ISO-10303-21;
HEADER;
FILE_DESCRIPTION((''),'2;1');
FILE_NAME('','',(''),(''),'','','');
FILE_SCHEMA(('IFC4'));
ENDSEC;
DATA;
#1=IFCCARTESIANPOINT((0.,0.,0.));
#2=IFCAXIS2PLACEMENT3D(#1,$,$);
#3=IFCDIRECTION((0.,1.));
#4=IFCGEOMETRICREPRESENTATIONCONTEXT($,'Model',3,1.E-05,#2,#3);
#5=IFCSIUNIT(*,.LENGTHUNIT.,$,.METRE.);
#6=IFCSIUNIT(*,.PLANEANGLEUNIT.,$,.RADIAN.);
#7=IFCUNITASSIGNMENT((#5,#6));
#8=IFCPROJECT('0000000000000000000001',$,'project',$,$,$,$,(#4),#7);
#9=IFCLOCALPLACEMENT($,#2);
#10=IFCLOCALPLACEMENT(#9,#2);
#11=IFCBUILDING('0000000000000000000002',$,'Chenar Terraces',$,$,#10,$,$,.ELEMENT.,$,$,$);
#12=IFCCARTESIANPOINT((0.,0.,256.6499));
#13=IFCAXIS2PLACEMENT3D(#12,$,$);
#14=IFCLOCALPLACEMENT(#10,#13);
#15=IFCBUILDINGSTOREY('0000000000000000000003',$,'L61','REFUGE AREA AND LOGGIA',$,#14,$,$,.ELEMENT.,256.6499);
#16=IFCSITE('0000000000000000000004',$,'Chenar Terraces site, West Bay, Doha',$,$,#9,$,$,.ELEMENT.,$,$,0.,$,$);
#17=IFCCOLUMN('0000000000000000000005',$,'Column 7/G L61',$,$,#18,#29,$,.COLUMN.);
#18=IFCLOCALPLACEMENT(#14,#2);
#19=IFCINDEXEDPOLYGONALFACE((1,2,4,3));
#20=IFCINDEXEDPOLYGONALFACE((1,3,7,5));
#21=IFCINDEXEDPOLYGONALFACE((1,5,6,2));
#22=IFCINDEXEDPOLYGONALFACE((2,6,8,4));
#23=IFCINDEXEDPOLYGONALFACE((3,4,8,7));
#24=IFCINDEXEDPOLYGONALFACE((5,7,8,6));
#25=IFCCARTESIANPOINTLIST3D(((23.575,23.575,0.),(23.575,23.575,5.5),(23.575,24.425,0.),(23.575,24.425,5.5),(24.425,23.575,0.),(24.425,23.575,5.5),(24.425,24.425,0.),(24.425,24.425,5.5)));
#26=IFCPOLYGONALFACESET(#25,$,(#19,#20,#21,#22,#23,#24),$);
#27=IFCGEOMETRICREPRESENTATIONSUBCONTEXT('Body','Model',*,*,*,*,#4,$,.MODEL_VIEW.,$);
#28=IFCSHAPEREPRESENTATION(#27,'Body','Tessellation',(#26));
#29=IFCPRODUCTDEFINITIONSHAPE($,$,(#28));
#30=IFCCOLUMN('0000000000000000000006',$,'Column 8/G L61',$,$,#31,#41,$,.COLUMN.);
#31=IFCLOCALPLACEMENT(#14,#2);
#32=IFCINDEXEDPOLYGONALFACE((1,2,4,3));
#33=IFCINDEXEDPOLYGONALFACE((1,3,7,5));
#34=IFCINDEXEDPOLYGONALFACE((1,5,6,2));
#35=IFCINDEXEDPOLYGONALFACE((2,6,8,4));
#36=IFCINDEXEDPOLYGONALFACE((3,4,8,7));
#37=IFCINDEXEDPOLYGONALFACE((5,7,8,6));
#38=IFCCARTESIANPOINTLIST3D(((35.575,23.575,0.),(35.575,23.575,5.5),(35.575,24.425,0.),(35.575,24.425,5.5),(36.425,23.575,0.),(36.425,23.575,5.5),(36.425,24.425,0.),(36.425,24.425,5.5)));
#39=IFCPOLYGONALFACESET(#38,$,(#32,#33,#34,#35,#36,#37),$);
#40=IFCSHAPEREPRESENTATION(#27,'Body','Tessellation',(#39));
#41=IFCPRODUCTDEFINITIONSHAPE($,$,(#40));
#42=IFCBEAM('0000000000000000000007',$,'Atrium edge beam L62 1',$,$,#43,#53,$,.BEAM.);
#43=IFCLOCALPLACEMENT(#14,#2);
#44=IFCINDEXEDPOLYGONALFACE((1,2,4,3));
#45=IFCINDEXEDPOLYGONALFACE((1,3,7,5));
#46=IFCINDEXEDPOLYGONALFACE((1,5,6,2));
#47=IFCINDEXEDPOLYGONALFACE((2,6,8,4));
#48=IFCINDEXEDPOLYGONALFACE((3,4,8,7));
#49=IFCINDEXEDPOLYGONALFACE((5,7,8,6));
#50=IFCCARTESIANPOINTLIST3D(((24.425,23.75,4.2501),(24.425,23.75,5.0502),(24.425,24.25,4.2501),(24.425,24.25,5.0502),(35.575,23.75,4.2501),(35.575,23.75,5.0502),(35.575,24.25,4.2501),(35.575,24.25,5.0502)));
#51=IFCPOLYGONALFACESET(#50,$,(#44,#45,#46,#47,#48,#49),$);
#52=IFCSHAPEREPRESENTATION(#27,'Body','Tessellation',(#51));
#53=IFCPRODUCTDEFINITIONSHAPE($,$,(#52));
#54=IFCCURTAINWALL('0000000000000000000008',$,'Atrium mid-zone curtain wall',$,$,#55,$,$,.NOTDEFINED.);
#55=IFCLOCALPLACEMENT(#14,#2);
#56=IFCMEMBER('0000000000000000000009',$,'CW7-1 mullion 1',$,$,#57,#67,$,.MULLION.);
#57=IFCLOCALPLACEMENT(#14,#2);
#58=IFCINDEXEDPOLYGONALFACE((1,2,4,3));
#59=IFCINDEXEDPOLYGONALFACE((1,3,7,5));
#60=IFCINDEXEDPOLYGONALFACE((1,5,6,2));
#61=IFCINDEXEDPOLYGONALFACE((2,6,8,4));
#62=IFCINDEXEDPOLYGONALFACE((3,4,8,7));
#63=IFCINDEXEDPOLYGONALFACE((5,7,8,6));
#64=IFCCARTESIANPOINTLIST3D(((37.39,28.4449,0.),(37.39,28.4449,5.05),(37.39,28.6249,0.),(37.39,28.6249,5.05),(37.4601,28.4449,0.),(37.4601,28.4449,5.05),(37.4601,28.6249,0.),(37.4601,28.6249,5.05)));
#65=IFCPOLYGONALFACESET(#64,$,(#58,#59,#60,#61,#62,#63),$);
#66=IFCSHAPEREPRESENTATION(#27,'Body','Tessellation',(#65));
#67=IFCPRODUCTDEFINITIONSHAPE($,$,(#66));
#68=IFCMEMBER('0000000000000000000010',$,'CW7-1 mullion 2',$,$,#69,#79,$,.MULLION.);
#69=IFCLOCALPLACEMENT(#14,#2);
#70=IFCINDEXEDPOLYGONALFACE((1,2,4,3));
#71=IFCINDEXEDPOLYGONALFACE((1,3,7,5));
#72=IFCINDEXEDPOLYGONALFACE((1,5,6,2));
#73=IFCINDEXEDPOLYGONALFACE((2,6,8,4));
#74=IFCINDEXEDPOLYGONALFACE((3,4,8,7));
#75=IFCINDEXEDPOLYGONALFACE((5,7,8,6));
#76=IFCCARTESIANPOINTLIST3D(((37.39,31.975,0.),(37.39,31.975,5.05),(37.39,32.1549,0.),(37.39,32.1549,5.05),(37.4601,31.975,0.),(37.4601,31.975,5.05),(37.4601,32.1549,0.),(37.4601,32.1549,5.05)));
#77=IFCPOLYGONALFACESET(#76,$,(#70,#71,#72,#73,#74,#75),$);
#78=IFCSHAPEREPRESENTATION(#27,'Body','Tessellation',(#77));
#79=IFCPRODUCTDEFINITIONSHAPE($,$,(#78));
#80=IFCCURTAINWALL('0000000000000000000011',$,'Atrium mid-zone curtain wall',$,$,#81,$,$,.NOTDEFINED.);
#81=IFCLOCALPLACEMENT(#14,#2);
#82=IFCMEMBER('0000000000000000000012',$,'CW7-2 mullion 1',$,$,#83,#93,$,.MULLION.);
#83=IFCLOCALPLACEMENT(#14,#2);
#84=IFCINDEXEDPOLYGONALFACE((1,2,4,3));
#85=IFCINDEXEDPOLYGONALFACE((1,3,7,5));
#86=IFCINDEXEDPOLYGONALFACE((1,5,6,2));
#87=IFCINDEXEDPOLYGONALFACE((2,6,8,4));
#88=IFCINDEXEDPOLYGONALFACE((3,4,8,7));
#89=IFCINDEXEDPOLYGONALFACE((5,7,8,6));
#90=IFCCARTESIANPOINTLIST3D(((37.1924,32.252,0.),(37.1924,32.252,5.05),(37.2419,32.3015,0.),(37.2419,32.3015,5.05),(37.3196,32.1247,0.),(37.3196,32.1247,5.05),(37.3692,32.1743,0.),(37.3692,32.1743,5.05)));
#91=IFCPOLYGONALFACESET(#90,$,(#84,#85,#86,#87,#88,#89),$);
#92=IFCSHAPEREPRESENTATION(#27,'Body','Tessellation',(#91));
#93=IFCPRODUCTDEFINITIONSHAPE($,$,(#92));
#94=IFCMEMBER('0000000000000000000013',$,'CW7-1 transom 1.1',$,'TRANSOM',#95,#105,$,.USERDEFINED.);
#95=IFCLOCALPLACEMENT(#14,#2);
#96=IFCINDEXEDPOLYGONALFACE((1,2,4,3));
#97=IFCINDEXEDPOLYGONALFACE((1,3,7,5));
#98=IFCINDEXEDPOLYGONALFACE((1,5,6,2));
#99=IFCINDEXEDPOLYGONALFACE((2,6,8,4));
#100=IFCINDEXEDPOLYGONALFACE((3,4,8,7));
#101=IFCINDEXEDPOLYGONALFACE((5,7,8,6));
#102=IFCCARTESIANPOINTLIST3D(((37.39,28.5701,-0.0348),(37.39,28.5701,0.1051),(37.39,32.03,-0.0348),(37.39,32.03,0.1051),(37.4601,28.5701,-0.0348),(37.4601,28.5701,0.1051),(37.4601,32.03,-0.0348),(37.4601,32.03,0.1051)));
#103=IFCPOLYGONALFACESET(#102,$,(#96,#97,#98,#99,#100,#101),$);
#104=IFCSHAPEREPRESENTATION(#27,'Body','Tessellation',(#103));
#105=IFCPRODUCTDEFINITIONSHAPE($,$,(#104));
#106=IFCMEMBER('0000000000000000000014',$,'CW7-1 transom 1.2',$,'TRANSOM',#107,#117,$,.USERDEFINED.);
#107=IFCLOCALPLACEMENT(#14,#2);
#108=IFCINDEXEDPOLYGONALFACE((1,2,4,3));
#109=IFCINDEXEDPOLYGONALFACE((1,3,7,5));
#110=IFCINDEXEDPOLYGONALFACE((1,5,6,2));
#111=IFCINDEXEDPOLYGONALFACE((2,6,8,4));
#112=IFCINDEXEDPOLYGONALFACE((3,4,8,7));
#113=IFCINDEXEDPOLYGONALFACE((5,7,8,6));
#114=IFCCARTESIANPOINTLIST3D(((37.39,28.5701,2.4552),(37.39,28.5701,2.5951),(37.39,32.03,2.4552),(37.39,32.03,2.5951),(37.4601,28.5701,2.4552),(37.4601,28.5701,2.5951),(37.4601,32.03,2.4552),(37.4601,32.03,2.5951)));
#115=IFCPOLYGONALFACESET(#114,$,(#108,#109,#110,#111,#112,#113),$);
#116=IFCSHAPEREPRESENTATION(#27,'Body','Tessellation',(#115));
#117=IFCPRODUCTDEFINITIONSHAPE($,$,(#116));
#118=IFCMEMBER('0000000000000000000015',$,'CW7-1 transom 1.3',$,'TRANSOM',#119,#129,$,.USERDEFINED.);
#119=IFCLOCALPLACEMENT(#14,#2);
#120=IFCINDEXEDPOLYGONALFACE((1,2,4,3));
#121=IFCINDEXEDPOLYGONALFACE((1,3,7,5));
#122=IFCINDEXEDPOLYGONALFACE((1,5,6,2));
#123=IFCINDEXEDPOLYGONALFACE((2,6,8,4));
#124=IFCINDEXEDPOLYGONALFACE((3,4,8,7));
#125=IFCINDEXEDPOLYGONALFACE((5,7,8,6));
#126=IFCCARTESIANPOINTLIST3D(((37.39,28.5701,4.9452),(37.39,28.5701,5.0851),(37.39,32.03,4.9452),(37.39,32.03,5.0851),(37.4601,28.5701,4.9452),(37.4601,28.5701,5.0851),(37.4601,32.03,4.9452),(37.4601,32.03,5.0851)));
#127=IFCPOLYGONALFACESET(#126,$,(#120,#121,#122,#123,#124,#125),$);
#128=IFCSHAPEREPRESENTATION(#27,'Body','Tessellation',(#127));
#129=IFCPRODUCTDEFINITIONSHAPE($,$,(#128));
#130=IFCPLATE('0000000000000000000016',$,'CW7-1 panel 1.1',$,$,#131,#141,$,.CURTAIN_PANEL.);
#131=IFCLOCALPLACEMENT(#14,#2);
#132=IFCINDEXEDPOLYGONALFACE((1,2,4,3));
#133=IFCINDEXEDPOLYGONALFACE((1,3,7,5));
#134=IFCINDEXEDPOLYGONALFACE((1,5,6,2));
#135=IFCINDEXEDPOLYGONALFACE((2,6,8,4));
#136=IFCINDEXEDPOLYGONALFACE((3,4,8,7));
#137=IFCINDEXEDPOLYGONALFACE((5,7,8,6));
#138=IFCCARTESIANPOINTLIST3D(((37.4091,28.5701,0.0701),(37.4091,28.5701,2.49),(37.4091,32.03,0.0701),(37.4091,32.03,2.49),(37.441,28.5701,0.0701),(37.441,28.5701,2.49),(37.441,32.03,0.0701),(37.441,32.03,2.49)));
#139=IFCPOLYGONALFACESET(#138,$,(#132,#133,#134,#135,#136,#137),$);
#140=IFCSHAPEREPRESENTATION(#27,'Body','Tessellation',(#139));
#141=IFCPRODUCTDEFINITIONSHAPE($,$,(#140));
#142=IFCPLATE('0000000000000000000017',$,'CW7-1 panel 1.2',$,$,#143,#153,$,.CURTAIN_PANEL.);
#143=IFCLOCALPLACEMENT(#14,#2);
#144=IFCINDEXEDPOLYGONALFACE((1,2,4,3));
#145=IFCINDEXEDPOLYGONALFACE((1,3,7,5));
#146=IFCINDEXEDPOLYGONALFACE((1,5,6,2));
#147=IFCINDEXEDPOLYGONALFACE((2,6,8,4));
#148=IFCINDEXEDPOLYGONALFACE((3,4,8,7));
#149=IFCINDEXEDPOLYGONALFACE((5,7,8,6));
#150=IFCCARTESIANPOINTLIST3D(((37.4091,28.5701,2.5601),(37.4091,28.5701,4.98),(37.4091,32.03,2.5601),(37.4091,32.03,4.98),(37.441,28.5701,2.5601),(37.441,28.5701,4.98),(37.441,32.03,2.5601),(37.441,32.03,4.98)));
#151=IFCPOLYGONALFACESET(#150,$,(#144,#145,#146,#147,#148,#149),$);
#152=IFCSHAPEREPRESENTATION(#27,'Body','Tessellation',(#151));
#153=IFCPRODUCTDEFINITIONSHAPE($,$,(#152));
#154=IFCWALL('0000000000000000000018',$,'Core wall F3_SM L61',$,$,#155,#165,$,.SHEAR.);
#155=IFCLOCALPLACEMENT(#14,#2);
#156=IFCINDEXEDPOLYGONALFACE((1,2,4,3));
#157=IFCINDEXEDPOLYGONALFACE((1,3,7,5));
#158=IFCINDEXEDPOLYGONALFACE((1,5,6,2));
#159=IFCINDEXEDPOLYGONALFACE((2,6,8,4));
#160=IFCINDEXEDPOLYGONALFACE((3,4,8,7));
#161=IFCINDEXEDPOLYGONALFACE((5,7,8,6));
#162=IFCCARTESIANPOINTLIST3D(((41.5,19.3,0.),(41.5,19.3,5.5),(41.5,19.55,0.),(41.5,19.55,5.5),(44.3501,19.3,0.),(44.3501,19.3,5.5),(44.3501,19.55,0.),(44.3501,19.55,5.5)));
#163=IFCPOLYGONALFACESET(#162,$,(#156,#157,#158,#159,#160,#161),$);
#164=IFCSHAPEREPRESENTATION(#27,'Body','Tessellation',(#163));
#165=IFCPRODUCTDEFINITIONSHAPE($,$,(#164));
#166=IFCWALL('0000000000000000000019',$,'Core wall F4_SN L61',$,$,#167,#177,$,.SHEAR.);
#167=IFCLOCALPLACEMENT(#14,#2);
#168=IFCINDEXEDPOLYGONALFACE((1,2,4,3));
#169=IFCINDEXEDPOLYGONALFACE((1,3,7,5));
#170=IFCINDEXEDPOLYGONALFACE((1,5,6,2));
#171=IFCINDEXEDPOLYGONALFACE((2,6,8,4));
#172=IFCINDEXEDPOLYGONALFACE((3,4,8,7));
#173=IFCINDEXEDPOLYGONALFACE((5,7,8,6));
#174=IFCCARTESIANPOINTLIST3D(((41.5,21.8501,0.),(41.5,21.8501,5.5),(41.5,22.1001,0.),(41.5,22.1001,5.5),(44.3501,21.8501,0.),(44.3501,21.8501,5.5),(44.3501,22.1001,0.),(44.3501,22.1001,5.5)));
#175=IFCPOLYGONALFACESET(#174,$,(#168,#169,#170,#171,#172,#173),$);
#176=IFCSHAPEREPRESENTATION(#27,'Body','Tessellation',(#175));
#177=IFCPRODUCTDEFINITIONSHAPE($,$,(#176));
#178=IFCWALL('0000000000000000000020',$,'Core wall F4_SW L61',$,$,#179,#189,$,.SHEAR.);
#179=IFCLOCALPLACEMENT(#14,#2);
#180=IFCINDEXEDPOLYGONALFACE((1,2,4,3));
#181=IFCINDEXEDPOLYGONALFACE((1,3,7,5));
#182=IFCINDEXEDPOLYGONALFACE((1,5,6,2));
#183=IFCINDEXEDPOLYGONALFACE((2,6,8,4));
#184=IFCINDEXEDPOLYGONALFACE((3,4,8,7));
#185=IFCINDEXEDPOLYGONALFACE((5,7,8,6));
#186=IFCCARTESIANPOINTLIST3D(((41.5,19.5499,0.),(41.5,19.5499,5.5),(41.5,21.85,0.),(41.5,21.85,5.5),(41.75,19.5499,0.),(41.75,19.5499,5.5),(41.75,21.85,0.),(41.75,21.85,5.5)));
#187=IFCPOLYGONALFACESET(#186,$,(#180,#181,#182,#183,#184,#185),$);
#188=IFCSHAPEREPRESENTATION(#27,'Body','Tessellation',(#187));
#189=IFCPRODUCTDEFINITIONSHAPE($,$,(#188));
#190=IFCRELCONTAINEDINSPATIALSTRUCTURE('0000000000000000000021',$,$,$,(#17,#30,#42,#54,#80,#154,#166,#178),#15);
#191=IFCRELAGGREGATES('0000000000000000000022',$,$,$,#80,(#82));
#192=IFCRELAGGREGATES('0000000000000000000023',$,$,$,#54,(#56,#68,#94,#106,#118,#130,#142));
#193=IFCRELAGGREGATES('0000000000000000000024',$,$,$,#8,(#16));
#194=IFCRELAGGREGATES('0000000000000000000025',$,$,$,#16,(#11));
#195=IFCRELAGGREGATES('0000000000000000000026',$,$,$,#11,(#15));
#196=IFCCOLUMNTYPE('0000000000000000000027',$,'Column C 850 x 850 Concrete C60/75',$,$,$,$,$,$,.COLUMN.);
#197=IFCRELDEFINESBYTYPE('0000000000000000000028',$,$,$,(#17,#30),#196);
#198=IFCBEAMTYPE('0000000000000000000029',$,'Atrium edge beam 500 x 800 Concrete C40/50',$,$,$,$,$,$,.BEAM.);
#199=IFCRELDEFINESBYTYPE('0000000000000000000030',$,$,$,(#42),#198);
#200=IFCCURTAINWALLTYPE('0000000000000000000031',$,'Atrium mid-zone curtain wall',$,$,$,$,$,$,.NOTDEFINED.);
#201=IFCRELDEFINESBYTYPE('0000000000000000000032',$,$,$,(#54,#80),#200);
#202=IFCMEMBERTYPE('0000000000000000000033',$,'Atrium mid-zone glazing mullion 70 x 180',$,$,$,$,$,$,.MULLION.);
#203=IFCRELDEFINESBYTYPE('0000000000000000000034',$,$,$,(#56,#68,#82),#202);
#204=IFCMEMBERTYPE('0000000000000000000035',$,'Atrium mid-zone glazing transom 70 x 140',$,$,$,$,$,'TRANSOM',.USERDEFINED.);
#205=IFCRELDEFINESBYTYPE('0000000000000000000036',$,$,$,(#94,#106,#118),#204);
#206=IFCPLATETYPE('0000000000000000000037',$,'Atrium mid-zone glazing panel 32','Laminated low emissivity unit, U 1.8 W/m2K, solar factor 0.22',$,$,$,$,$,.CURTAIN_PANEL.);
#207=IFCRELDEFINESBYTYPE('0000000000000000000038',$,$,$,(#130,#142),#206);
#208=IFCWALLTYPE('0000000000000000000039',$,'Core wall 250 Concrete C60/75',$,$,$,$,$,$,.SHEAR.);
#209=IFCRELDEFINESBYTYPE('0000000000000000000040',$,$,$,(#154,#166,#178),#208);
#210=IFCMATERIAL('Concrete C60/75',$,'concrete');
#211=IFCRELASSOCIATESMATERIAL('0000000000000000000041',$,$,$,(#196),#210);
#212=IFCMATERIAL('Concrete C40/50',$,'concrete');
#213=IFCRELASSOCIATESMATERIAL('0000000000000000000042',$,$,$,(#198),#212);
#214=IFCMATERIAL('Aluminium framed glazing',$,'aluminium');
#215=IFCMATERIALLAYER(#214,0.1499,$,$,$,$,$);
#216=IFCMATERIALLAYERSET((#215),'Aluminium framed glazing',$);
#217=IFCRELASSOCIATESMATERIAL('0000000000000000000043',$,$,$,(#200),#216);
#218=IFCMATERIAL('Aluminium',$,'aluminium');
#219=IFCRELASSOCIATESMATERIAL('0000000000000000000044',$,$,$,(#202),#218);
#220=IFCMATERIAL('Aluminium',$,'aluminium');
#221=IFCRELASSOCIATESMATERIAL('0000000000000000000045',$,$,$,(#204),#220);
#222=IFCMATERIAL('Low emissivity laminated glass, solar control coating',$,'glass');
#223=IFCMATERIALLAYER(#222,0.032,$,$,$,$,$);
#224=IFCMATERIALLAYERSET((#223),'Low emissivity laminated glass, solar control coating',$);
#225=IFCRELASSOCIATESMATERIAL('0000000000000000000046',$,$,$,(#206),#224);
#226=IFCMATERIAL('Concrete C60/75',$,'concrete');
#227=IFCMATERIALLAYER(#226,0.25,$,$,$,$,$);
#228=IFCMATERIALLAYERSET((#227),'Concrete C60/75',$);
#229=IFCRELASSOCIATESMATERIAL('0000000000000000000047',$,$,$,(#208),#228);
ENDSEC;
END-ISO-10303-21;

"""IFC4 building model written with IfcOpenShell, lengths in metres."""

from ifc_helpers import new_model, si_unit, direction, frame, frame_2d, origin, origin_2d, place, context, subcontext, project, spatial, rectangle, extrude, material, layer, layer_set, material_profile, profile_set, type_object, element, aggregate, save


model = new_model("IFC4")

# Units and contexts
model_context = context("Model", 3, precision=1e-05, world=origin(), true_north=direction((0.0, 1.0)))
body_context = subcontext(model_context, "Body", "Model", "MODEL_VIEW")
ifc_project = project(units=[si_unit("LENGTHUNIT", "METRE"), si_unit("PLANEANGLEUNIT", "RADIAN")], contexts=[model_context])

# Site, building, storey
site_placement = place(None, origin())
site = spatial("IfcSite", under=ifc_project, at=site_placement, Name="Chenar Terraces site, West Bay, Doha", CompositionType="ELEMENT", RefElevation=0.0)
building_placement = place(site_placement, origin())
building = spatial("IfcBuilding", under=site, at=building_placement, Name="Chenar Terraces", CompositionType="ELEMENT")
storey_placement = place(building_placement, frame((0.0, 0.0, 256.6499)))
storey = spatial("IfcBuildingStorey", under=building, at=storey_placement, Name="L61", Description="REFUGE AREA AND LOGGIA", CompositionType="ELEMENT", Elevation=256.6499)

# Columns
ifc_material_1 = material(Name="Concrete C60/75", Category="concrete")
ifc_material_profile_1 = material_profile(ifc_material_1, rectangle(XDim=0.8501, YDim=0.8501, at=origin_2d()), Name="C 850 x 850")
ifc_profile_set_1 = profile_set([ifc_material_profile_1], Name="Concrete C60/75")
column_type = type_object("IfcColumnType", Name="Column C 850 x 850 Concrete C60/75", PredefinedType="COLUMN", material=ifc_profile_set_1)
for number, where, z_axis, x_axis, name in (
    (1, (24.0, 24.0, 0.0), (0.0, 0.0, 1.0), (1.0, 0.0, 0.0), "Column 7/G L61"),
    (2, (36.0, 24.0, 0.0), (0.0, 0.0, 1.0), (1.0, 0.0, 0.0), "Column 8/G L61"),
):
    element("IfcColumn", number, at=place(storey_placement, frame(where, z_axis=z_axis, x_axis=x_axis)), inside=storey, type_object=column_type, Name=name, PredefinedType="COLUMN", context=body_context, shape_type="SweptSolid", body=[
        extrude(rectangle(XDim=0.8501, YDim=0.8501, at=origin_2d()), origin(), (0.0, 0.0, 1.0), 5.5),
    ])

# Beam
ifc_material_2 = material(Name="Concrete C40/50", Category="concrete")
ifc_material_profile_2 = material_profile(ifc_material_2, rectangle(XDim=0.5, YDim=0.8, at=origin_2d()), Name="RC 500 x 800")
ifc_profile_set_2 = profile_set([ifc_material_profile_2], Name="Concrete C40/50")
beam_type = type_object("IfcBeamType", Name="Atrium edge beam 500 x 800 Concrete C40/50", PredefinedType="BEAM", material=ifc_profile_set_2)
beam_placement = place(storey_placement, frame((24.425, 24.0, 4.6501), z_axis=(1.0, 0.0, 0.0), x_axis=(0.0, 1.0, 0.0)))
element("IfcBeam", 3, at=beam_placement, inside=storey, type_object=beam_type, Name="Atrium edge beam L62 1", PredefinedType="BEAM", context=body_context, shape_type="SweptSolid", body=[
    extrude(rectangle(XDim=0.5, YDim=0.8, at=origin_2d()), origin(), (0.0, 0.0, 1.0), 11.1499),
])

# Curtain wall, members
ifc_material_3 = material(Name="Aluminium framed glazing", Category="aluminium")
ifc_layer_1 = layer(ifc_material_3, 0.1499)
ifc_layer_set_1 = layer_set([ifc_layer_1], Name="Aluminium framed glazing")
curtain_wall_type = type_object("IfcCurtainWallType", Name="Atrium mid-zone curtain wall", PredefinedType="NOTDEFINED", material=ifc_layer_set_1)
placement = place(storey_placement, origin())
curtain_wall_1 = element("IfcCurtainWall", 4, at=placement, inside=storey, type_object=curtain_wall_type, Name="Atrium mid-zone curtain wall", PredefinedType="NOTDEFINED")
ifc_material_4 = material(Name="Aluminium", Category="aluminium")
ifc_material_profile_3 = material_profile(ifc_material_4, rectangle(XDim=0.0701, YDim=0.1799, at=origin_2d()), Name="Atrium mid-zone glazing mullion 70 x 180")
ifc_profile_set_3 = profile_set([ifc_material_profile_3], Name="Aluminium")
member_type_1 = type_object("IfcMemberType", Name="Atrium mid-zone glazing mullion 70 x 180", PredefinedType="MULLION", material=ifc_profile_set_3)
member_1_placement = place(storey_placement, frame((37.425, 28.5349, 0.0), z_axis=(0.0, 0.0, 1.0), x_axis=(-1.0, 0.0, 0.0)))
member_1 = element("IfcMember", 5, at=member_1_placement, type_object=member_type_1, Name="CW7-1 mullion 1", PredefinedType="MULLION", context=body_context, shape_type="SweptSolid", body=[
    extrude(rectangle(XDim=0.0701, YDim=0.1799, at=origin_2d()), origin(), (0.0, 0.0, 1.0), 5.05),
])
member_2_placement = place(storey_placement, frame((37.425, 32.0649, 0.0), z_axis=(0.0, 0.0, 1.0), x_axis=(-1.0, 0.0, 0.0)))
member_2 = element("IfcMember", 6, at=member_2_placement, type_object=member_type_1, Name="CW7-1 mullion 2", PredefinedType="MULLION", context=body_context, shape_type="SweptSolid", body=[
    extrude(rectangle(XDim=0.0701, YDim=0.1799, at=origin_2d()), origin(), (0.0, 0.0, 1.0), 5.05),
])

# Curtain wall, member
curtain_wall_2 = element("IfcCurtainWall", 7, at=placement, inside=storey, type_object=curtain_wall_type, Name="Atrium mid-zone curtain wall", PredefinedType="NOTDEFINED")
member_3_placement = place(storey_placement, frame((37.2808, 32.2131, 0.0), z_axis=(0.0, 0.0, 1.0), x_axis=(-0.707107, -0.707107, 0.0)))
member_3 = element("IfcMember", 8, at=member_3_placement, type_object=member_type_1, Name="CW7-2 mullion 1", PredefinedType="MULLION", context=body_context, shape_type="SweptSolid", body=[
    extrude(rectangle(XDim=0.0701, YDim=0.1799, at=origin_2d()), origin(), (0.0, 0.0, 1.0), 5.05),
])
aggregate(curtain_wall_2, [member_3])

# Members
ifc_material_5 = material(Name="Aluminium", Category="aluminium")
ifc_material_profile_4 = material_profile(ifc_material_5, rectangle(XDim=0.0701, YDim=0.1399, at=origin_2d()), Name="Atrium mid-zone glazing transom 70 x 140")
ifc_profile_set_4 = profile_set([ifc_material_profile_4], Name="Aluminium")
member_type_2 = type_object("IfcMemberType", Name="Atrium mid-zone glazing transom 70 x 140", ElementType="TRANSOM", PredefinedType="USERDEFINED", material=ifc_profile_set_4)
member_4_placement = place(storey_placement, frame((37.425, 28.5701, 0.0352), z_axis=(0.0, 1.0, 0.0), x_axis=(-1.0, 0.0, 0.0)))
member_4 = element("IfcMember", 9, at=member_4_placement, type_object=member_type_2, Name="CW7-1 transom 1.1", ObjectType="TRANSOM", PredefinedType="USERDEFINED", context=body_context, shape_type="SweptSolid", body=[
    extrude(rectangle(XDim=0.0701, YDim=0.1399, at=origin_2d()), origin(), (0.0, 0.0, 1.0), 3.46),
])
member_5_placement = place(storey_placement, frame((37.425, 28.5701, 2.5251), z_axis=(0.0, 1.0, 0.0), x_axis=(-1.0, 0.0, 0.0)))
member_5 = element("IfcMember", 10, at=member_5_placement, type_object=member_type_2, Name="CW7-1 transom 1.2", ObjectType="TRANSOM", PredefinedType="USERDEFINED", context=body_context, shape_type="SweptSolid", body=[
    extrude(rectangle(XDim=0.0701, YDim=0.1399, at=origin_2d()), origin(), (0.0, 0.0, 1.0), 3.46),
])
member_6_placement = place(storey_placement, frame((37.425, 28.5701, 5.0151), z_axis=(0.0, 1.0, 0.0), x_axis=(-1.0, 0.0, 0.0)))
member_6 = element("IfcMember", 11, at=member_6_placement, type_object=member_type_2, Name="CW7-1 transom 1.3", ObjectType="TRANSOM", PredefinedType="USERDEFINED", context=body_context, shape_type="SweptSolid", body=[
    extrude(rectangle(XDim=0.0701, YDim=0.1399, at=origin_2d()), origin(), (0.0, 0.0, 1.0), 3.46),
])

# Plates
ifc_material_6 = material(Name="Low emissivity laminated glass, solar control coating", Category="glass")
ifc_layer_2 = layer(ifc_material_6, 0.032)
ifc_layer_set_2 = layer_set([ifc_layer_2], Name="Low emissivity laminated glass, solar control coating")
plate_type = type_object("IfcPlateType", Name="Atrium mid-zone glazing panel 32", Description="Laminated low emissivity unit, U 1.8 W/m2K, solar factor 0.22", PredefinedType="CURTAIN_PANEL", material=ifc_layer_set_2)
plate_1_placement = place(storey_placement, frame((37.425, 30.3, 0.0701), z_axis=(0.0, 0.0, 1.0), x_axis=(0.0, 1.0, 0.0)))
plate_1 = element("IfcPlate", 12, at=plate_1_placement, type_object=plate_type, Name="CW7-1 panel 1.1", PredefinedType="CURTAIN_PANEL", context=body_context, shape_type="SweptSolid", body=[
    extrude(rectangle(XDim=3.46, YDim=0.032, at=origin_2d()), origin(), (0.0, 0.0, 1.0), 2.4199),
])
plate_2_placement = place(storey_placement, frame((37.425, 30.3, 2.5601), z_axis=(0.0, 0.0, 1.0), x_axis=(0.0, 1.0, 0.0)))
plate_2 = element("IfcPlate", 13, at=plate_2_placement, type_object=plate_type, Name="CW7-1 panel 1.2", PredefinedType="CURTAIN_PANEL", context=body_context, shape_type="SweptSolid", body=[
    extrude(rectangle(XDim=3.46, YDim=0.032, at=origin_2d()), origin(), (0.0, 0.0, 1.0), 2.4199),
])
aggregate(curtain_wall_1, [member_1, member_2, member_4, member_5, member_6, plate_1, plate_2])

# Walls
ifc_material_7 = material(Name="Concrete C60/75", Category="concrete")
ifc_layer_3 = layer(ifc_material_7, 0.25)
ifc_layer_set_3 = layer_set([ifc_layer_3], Name="Concrete C60/75")
wall_type_1 = type_object("IfcWallType", Name="Core wall 250 Concrete C60/75", PredefinedType="SHEAR", material=ifc_layer_set_3)
for number, where, z_axis, x_axis, name in (
    (14, (41.5, 19.425, 0.0), (0.0, 0.0, 1.0), (1.0, 0.0, 0.0), "Core wall F3_SM L61"),
    (15, (41.5, 21.9751, 0.0), (0.0, 0.0, 1.0), (1.0, 0.0, 0.0), "Core wall F4_SN L61"),
):
    element("IfcWall", number, at=place(storey_placement, frame(where, z_axis=z_axis, x_axis=x_axis)), inside=storey, type_object=wall_type_1, Name=name, PredefinedType="SHEAR", context=body_context, shape_type="SweptSolid", body=[
        extrude(rectangle(XDim=2.8501, YDim=0.25, at=frame_2d((1.425, 0.0))), origin(), (0.0, 0.0, 1.0), 5.5),
    ])
wall_1_placement = place(storey_placement, frame((41.625, 19.55, 0.0), z_axis=(0.0, 0.0, 1.0), x_axis=(0.0, 1.0, 0.0)))
element("IfcWall", 16, at=wall_1_placement, inside=storey, type_object=wall_type_1, Name="Core wall F4_SW L61", PredefinedType="SHEAR", context=body_context, shape_type="SweptSolid", body=[
    extrude(rectangle(XDim=2.3, YDim=0.25, at=frame_2d((1.1499, 0.0))), origin(), (0.0, 0.0, 1.0), 5.5),
])

save(model, "model.ifc")
